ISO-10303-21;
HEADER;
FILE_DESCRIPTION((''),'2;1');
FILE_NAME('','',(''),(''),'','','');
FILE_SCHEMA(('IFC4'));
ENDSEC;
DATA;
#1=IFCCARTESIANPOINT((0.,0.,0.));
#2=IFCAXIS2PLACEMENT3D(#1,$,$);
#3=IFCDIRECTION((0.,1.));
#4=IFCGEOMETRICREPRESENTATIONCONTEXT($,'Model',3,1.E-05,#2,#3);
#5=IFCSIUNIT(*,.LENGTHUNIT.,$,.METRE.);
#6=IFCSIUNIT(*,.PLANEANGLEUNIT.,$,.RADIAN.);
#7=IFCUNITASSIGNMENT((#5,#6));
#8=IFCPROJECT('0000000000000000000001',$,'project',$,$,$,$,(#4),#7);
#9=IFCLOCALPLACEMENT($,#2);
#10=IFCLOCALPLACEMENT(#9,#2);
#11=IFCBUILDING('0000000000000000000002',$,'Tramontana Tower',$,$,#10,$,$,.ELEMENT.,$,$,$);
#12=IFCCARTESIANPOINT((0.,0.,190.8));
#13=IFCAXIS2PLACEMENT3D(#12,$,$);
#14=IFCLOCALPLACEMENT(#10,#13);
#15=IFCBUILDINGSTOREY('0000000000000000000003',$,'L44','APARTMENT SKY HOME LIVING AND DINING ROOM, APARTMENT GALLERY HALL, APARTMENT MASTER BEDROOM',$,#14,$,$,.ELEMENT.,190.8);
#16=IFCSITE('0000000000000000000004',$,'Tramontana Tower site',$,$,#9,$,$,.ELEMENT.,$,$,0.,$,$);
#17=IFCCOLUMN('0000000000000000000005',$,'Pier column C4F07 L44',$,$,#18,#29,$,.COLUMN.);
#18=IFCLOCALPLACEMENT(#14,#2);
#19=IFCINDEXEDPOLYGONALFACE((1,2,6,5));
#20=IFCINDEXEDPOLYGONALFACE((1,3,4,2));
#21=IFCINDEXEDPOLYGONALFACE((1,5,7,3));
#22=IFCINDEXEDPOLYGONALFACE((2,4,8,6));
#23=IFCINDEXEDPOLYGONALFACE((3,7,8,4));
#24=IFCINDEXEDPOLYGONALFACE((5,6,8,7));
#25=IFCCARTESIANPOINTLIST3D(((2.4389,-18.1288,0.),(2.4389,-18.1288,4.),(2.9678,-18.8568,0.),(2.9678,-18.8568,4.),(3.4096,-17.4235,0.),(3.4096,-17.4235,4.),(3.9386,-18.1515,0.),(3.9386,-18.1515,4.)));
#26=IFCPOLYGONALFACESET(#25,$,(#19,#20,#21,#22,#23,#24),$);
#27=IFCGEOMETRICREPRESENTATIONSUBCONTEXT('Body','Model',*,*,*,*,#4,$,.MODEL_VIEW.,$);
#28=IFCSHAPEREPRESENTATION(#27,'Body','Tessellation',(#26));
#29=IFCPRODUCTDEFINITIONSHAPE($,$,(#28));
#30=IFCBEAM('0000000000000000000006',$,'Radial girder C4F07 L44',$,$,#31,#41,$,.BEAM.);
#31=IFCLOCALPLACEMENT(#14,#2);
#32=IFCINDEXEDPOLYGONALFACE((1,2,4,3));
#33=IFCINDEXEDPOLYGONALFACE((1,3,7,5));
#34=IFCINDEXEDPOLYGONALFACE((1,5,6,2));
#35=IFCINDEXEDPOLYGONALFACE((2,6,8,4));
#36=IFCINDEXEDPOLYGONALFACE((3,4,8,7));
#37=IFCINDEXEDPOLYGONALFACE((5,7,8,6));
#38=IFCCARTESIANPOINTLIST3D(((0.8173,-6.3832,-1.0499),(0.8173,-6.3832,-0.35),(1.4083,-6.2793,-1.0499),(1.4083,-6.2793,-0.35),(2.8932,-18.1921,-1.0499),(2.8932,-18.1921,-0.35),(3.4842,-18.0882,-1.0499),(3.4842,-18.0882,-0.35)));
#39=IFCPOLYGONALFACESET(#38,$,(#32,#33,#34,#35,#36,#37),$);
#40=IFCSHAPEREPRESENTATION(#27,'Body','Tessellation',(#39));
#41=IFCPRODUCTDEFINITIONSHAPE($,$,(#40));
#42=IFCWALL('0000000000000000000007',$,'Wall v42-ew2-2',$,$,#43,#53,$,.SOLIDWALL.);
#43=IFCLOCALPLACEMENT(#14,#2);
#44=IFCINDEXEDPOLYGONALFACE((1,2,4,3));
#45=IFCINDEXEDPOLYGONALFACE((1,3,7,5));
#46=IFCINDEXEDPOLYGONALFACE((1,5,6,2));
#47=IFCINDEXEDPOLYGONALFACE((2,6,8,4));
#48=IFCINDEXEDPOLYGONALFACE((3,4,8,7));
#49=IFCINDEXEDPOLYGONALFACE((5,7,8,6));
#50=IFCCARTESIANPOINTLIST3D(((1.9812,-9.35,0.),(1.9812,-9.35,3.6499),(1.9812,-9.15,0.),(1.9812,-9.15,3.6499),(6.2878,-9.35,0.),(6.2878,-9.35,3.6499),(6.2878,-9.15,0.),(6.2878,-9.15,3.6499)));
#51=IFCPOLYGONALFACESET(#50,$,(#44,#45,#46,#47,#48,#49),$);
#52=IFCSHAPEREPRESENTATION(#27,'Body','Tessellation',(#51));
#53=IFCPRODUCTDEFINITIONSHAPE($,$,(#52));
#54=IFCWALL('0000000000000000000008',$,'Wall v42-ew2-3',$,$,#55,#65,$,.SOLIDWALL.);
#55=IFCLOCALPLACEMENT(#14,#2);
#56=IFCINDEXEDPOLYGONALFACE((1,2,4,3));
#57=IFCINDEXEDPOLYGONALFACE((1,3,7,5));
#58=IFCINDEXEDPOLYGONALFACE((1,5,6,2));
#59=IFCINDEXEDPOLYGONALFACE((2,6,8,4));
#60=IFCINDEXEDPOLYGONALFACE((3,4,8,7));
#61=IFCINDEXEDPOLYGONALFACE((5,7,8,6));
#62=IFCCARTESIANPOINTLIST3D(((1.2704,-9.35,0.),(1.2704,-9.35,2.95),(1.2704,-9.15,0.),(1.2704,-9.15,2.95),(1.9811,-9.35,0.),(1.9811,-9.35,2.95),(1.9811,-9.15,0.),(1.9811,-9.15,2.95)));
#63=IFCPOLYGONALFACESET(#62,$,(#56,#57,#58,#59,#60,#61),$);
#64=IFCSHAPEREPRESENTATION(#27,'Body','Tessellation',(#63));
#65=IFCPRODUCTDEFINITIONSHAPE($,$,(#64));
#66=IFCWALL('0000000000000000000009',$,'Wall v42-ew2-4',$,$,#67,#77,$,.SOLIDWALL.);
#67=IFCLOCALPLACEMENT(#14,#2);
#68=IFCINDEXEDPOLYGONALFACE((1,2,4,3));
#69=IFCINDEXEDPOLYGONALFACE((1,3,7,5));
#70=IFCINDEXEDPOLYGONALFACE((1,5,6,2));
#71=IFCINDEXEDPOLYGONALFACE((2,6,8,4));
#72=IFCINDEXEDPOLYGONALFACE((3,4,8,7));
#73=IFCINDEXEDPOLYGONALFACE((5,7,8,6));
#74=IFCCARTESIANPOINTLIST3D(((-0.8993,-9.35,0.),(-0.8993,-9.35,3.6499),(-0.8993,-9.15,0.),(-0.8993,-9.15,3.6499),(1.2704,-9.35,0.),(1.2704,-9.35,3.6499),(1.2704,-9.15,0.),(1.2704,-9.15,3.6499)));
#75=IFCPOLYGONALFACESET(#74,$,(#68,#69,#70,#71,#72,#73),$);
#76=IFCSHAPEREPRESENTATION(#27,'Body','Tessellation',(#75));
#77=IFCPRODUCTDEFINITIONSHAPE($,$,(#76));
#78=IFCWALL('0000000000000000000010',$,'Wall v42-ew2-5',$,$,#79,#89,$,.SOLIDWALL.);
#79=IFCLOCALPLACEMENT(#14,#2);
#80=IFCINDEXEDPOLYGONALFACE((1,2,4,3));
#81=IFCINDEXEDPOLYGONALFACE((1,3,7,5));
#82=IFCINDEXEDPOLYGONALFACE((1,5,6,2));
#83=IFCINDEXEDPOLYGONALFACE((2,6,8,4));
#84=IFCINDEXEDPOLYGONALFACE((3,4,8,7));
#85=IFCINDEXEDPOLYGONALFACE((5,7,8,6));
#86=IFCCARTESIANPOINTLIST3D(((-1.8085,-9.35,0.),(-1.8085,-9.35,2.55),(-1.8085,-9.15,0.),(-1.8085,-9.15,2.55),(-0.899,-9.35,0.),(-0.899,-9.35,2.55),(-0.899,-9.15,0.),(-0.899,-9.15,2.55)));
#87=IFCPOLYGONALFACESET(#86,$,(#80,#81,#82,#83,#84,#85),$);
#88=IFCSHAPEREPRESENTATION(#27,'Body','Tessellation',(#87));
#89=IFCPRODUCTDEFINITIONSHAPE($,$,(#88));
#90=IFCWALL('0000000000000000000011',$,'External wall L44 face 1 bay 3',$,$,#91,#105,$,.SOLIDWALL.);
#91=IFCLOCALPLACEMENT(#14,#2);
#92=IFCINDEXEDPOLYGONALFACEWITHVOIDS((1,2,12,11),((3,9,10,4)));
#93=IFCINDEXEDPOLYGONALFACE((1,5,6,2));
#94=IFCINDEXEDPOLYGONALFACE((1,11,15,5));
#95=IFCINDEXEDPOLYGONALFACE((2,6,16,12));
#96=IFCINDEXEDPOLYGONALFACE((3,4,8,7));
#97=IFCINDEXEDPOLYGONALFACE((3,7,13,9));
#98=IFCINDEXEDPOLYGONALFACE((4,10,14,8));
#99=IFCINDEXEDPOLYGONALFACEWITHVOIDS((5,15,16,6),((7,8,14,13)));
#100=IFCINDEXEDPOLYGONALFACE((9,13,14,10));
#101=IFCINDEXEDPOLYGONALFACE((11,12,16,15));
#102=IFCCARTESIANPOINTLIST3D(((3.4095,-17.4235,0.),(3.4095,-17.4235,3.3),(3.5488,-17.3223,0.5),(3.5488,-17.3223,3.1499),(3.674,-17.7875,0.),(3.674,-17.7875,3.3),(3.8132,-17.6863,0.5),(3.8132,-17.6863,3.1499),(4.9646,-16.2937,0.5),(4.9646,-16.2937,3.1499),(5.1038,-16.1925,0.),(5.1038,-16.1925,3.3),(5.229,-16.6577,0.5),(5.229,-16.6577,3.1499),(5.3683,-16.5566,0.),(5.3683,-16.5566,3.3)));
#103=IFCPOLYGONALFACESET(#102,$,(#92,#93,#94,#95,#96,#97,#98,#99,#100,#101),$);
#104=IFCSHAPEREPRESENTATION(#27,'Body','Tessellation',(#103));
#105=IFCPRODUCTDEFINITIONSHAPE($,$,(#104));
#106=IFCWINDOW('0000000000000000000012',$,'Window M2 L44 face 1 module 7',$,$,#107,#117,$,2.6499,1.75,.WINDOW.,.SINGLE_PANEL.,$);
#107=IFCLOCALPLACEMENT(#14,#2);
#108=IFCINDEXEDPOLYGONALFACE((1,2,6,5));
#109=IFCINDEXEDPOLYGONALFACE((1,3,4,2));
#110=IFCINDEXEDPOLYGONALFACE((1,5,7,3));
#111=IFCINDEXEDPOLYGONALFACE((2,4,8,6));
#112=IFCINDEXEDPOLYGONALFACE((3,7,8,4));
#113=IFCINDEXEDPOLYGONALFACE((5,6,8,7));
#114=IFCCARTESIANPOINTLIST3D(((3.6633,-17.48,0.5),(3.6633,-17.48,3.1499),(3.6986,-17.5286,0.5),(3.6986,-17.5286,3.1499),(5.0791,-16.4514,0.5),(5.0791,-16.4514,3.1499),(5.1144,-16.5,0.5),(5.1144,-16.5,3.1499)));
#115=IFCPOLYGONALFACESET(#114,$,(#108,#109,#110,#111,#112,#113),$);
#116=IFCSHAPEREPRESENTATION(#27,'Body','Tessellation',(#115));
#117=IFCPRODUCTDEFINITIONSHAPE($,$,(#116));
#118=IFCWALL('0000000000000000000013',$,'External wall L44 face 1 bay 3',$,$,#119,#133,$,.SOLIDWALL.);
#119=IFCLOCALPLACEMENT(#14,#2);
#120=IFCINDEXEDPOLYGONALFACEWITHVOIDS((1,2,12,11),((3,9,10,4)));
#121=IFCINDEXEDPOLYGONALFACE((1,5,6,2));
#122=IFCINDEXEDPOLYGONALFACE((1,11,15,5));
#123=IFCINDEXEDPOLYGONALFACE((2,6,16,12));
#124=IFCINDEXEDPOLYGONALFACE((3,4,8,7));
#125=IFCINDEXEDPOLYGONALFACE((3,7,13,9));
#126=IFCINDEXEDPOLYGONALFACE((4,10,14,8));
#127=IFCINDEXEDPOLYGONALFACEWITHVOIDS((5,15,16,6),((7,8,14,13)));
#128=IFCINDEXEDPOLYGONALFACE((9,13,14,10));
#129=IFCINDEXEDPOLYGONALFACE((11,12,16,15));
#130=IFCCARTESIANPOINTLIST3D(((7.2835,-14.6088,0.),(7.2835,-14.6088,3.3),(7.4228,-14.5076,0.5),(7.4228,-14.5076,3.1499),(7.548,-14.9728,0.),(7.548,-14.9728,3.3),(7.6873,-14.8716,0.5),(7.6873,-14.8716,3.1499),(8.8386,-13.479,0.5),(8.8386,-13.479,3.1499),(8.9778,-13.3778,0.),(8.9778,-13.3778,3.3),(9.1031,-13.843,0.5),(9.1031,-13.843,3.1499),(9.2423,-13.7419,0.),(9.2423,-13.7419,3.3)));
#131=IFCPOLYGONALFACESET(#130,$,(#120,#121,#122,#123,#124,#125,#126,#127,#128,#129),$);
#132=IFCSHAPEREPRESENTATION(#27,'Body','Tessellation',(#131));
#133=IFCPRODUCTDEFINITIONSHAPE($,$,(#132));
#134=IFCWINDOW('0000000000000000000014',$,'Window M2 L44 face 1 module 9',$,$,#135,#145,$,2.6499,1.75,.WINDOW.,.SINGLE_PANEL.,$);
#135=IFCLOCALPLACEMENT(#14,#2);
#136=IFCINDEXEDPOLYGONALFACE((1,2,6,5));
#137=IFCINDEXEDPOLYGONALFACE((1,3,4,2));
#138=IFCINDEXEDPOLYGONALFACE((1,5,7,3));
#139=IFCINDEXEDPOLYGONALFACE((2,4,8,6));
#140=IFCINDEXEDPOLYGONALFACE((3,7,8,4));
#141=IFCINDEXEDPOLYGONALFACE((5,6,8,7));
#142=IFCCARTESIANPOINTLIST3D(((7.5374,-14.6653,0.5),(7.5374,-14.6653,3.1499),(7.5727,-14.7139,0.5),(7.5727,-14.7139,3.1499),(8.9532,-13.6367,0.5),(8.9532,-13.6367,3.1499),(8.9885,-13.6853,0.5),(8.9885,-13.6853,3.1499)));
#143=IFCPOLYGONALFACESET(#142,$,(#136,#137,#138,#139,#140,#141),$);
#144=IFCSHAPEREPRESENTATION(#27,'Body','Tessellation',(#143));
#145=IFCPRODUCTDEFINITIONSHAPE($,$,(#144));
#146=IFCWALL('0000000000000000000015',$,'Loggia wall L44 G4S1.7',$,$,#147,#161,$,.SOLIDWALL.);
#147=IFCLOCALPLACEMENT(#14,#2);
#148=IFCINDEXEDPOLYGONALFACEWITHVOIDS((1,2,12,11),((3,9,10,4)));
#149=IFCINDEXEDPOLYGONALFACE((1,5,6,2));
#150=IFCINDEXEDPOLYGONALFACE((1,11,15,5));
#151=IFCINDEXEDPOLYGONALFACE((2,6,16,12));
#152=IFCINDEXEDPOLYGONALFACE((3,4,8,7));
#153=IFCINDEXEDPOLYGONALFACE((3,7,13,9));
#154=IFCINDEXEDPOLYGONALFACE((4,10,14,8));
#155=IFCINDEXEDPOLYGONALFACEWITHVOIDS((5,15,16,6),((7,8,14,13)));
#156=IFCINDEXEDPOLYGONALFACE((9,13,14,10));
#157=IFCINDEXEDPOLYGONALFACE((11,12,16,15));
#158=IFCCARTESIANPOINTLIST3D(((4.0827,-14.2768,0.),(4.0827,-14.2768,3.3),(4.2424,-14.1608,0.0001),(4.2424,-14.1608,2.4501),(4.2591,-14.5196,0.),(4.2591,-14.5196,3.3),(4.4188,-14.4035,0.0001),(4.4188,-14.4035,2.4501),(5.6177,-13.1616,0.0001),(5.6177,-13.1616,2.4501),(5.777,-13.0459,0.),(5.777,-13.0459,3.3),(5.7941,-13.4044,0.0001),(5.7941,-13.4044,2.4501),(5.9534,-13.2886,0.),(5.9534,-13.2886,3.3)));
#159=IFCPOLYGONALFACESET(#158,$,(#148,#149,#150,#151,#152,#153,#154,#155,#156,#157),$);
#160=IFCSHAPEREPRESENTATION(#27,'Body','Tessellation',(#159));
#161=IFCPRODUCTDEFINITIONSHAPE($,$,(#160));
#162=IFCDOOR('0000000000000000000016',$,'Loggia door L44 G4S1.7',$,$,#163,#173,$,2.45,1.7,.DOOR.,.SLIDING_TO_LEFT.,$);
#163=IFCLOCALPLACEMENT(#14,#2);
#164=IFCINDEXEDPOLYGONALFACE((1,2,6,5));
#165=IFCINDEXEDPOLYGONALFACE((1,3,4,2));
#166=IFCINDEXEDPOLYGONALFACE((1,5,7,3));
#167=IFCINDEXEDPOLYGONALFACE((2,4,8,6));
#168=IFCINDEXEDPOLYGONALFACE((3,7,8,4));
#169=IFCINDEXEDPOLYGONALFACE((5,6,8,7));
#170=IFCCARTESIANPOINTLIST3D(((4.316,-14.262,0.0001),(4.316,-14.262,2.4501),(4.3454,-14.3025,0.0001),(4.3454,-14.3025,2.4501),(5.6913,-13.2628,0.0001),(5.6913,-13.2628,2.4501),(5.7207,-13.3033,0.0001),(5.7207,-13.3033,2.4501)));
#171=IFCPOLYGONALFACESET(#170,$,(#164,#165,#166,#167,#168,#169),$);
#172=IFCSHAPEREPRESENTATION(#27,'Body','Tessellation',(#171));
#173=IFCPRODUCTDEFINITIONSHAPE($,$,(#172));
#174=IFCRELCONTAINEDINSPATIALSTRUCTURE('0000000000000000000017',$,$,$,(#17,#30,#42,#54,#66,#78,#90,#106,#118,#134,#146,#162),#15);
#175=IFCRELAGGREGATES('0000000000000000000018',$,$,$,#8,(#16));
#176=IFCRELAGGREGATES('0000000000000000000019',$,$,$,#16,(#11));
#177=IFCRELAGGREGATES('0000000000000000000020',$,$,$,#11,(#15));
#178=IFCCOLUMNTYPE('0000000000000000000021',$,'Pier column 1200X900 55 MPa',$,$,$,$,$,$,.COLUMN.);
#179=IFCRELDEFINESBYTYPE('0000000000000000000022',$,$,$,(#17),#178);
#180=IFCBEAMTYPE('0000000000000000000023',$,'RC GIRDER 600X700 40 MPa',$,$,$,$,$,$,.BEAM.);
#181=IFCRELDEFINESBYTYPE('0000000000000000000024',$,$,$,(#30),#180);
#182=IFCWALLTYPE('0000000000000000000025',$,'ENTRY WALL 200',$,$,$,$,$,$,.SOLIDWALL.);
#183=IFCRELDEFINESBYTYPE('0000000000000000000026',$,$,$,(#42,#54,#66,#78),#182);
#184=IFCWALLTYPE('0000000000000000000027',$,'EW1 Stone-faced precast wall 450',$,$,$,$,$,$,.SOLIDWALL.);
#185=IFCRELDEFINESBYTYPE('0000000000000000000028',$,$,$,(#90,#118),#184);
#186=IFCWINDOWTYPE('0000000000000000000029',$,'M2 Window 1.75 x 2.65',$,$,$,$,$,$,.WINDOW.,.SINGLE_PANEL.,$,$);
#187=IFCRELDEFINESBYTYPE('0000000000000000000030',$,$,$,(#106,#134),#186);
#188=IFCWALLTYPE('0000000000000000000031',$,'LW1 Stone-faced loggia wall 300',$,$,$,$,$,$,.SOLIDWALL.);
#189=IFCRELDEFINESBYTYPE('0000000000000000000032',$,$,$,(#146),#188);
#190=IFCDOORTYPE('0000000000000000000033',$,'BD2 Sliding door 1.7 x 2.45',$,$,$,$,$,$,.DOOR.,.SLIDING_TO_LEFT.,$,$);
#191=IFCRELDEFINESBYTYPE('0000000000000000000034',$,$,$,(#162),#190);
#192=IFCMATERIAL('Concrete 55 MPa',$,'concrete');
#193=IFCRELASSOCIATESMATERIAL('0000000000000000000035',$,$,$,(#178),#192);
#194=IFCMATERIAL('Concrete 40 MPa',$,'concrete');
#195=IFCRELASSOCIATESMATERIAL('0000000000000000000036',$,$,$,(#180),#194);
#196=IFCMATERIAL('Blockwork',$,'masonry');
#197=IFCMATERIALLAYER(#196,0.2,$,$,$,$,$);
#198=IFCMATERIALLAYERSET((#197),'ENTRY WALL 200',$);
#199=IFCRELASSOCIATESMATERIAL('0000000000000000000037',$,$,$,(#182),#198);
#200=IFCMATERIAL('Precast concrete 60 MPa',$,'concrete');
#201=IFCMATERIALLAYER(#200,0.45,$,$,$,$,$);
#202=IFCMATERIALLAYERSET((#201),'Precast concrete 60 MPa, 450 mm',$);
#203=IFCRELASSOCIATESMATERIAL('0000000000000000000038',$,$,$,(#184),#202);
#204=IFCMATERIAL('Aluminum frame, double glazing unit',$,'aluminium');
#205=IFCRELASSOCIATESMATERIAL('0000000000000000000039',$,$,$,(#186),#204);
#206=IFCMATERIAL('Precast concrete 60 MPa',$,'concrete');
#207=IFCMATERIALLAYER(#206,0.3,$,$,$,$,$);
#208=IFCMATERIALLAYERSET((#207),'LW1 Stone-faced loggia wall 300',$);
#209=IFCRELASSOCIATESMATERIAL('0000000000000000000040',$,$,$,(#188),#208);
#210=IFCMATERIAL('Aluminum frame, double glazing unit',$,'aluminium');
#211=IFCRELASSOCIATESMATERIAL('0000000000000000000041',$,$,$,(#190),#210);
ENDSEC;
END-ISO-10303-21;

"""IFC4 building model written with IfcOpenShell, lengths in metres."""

from ifc_helpers import new_model, si_unit, direction, frame, frame_2d, origin, origin_2d, place, context, subcontext, project, spatial, rectangle, extrude, material, layer, layer_set, material_profile, profile_set, type_object, element, fill, save


model = new_model("IFC4")

# Units and contexts
model_context = context("Model", 3, precision=1e-05, world=origin(), true_north=direction((0.0, 1.0)))
body_context = subcontext(model_context, "Body", "Model", "MODEL_VIEW")
ifc_project = project(units=[si_unit("LENGTHUNIT", "METRE"), si_unit("PLANEANGLEUNIT", "RADIAN")], contexts=[model_context])

# Site, building, storey
site_placement = place(None, origin())
site = spatial("IfcSite", under=ifc_project, at=site_placement, Name="Tramontana Tower site", CompositionType="ELEMENT", RefElevation=0.0)
building_placement = place(site_placement, origin())
building = spatial("IfcBuilding", under=site, at=building_placement, Name="Tramontana Tower", CompositionType="ELEMENT")
storey_placement = place(building_placement, frame((0.0, 0.0, 190.8)))
storey = spatial("IfcBuildingStorey", under=building, at=storey_placement, Name="L44", Description="APARTMENT SKY HOME LIVING AND DINING ROOM, APARTMENT GALLERY HALL, APARTMENT MASTER BEDROOM", CompositionType="ELEMENT", Elevation=190.8)

# Column
ifc_material_1 = material(Name="Concrete 55 MPa", Category="concrete")
ifc_material_profile_1 = material_profile(ifc_material_1, rectangle(XDim=1.2, YDim=0.8999, at=origin_2d()), Name="Pier column 1200X900 55 MPa")
ifc_profile_set_1 = profile_set([ifc_material_profile_1], Name="Concrete 55 MPa")
column_type = type_object("IfcColumnType", Name="Pier column 1200X900 55 MPa", PredefinedType="COLUMN", material=ifc_profile_set_1)
column_placement = place(storey_placement, frame((3.1887, -18.1401, 0.0), z_axis=(0.0, 0.0, 1.0), x_axis=(0.809017, 0.587785, 0.0)))
element("IfcColumn", 1, at=column_placement, inside=storey, type_object=column_type, Name="Pier column C4F07 L44", PredefinedType="COLUMN", context=body_context, shape_type="SweptSolid", body=[
    extrude(rectangle(XDim=1.2, YDim=0.8999, at=origin_2d()), origin(), (0.0, 0.0, 1.0), 4.0),
])

# Beam
ifc_material_2 = material(Name="Concrete 40 MPa", Category="concrete")
ifc_material_profile_2 = material_profile(ifc_material_2, rectangle(XDim=0.6001, YDim=0.7, at=origin_2d()), Name="RC GIRDER 600X700 40 MPa")
ifc_profile_set_2 = profile_set([ifc_material_profile_2], Name="Concrete 40 MPa")
beam_type = type_object("IfcBeamType", Name="RC GIRDER 600X700 40 MPa", PredefinedType="BEAM", material=ifc_profile_set_2)
beam_placement = place(storey_placement, frame((3.1887, -18.1401, -0.7), z_axis=(-0.173139, 0.984897, 0.0), x_axis=(-0.984897, -0.173139, 0.0)))
element("IfcBeam", 2, at=beam_placement, inside=storey, type_object=beam_type, Name="Radial girder C4F07 L44", PredefinedType="BEAM", context=body_context, shape_type="SweptSolid", body=[
    extrude(rectangle(XDim=0.6001, YDim=0.7, at=origin_2d()), origin(), (0.0, 0.0, 1.0), 11.99),
])

# Walls
ifc_material_3 = material(Name="Blockwork", Category="masonry")
ifc_layer_1 = layer(ifc_material_3, 0.2)
ifc_layer_set_1 = layer_set([ifc_layer_1], Name="ENTRY WALL 200")
wall_type_1 = type_object("IfcWallType", Name="ENTRY WALL 200", PredefinedType="SOLIDWALL", material=ifc_layer_set_1)
wall_1_placement = place(storey_placement, frame((6.2878, -9.25, 0.0), z_axis=(0.0, 0.0, 1.0), x_axis=(-1.0, 0.0, 0.0)))
element("IfcWall", 3, at=wall_1_placement, inside=storey, type_object=wall_type_1, Name="Wall v42-ew2-2", PredefinedType="SOLIDWALL", context=body_context, shape_type="SweptSolid", body=[
    extrude(rectangle(XDim=4.3066, YDim=0.2, at=frame_2d((2.1533, 0.0))), origin(), (0.0, 0.0, 1.0), 3.6499),
])
wall_2_placement = place(storey_placement, frame((1.9812, -9.25, 0.0), z_axis=(0.0, 0.0, 1.0), x_axis=(-1.0, 0.0, 0.0)))
element("IfcWall", 4, at=wall_2_placement, inside=storey, type_object=wall_type_1, Name="Wall v42-ew2-3", PredefinedType="SOLIDWALL", context=body_context, shape_type="SweptSolid", body=[
    extrude(rectangle(XDim=0.7107, YDim=0.2, at=frame_2d((0.3555, 0.0))), origin(), (0.0, 0.0, 1.0), 2.95),
])
wall_3_placement = place(storey_placement, frame((1.2705, -9.25, 0.0), z_axis=(0.0, 0.0, 1.0), x_axis=(-1.0, 0.0, 0.0)))
element("IfcWall", 5, at=wall_3_placement, inside=storey, type_object=wall_type_1, Name="Wall v42-ew2-4", PredefinedType="SOLIDWALL", context=body_context, shape_type="SweptSolid", body=[
    extrude(rectangle(XDim=2.1697, YDim=0.2, at=frame_2d((1.085, 0.0))), origin(), (0.0, 0.0, 1.0), 3.6499),
])
wall_4_placement = place(storey_placement, frame((-0.8992, -9.25, 0.0), z_axis=(0.0, 0.0, 1.0), x_axis=(-1.0, 0.0, 0.0)))
element("IfcWall", 6, at=wall_4_placement, inside=storey, type_object=wall_type_1, Name="Wall v42-ew2-5", PredefinedType="SOLIDWALL", context=body_context, shape_type="SweptSolid", body=[
    extrude(rectangle(XDim=0.9094, YDim=0.2, at=frame_2d((0.4546, 0.0))), origin(), (0.0, 0.0, 1.0), 2.55),
])

# Walls, openings, windows
ifc_material_4 = material(Name="Precast concrete 60 MPa", Category="concrete")
ifc_layer_2 = layer(ifc_material_4, 0.45)
ifc_layer_set_2 = layer_set([ifc_layer_2], Name="Precast concrete 60 MPa, 450 mm")
wall_type_2 = type_object("IfcWallType", Name="EW1 Stone-faced precast wall 450", PredefinedType="SOLIDWALL", material=ifc_layer_set_2)
wall_5_placement = place(storey_placement, frame((3.5417, -17.6055, 0.0), z_axis=(0.0, 0.0, 1.0), x_axis=(0.809028, 0.58777, 0.0)))
wall_5 = element("IfcWall", 7, at=wall_5_placement, inside=storey, type_object=wall_type_2, Name="External wall L44 face 1 bay 3", PredefinedType="SOLIDWALL", context=body_context, shape_type="SweptSolid", body=[
    extrude(rectangle(XDim=2.0942, YDim=0.45, at=frame_2d((1.0471, 0.0))), origin(), (0.0, 0.0, 1.0), 3.3),
])
opening_1_placement = place(wall_5_placement, frame((0.1721, 0.0, 0.5)))
opening_1 = element("IfcOpeningElement", 8, at=opening_1_placement, cuts=wall_5, PredefinedType="OPENING", context=body_context, shape_type="SweptSolid", body=[
    extrude(rectangle(XDim=1.75, YDim=2.6499, at=frame_2d((0.875, 1.325))), frame((0.0, 0.2349, 0.0), z_axis=(0.0, -1.0, 0.0), x_axis=(1.0, 0.0, 0.0)), (0.0, 0.0, 1.0), 0.47),
])
ifc_material_5 = material(Name="Aluminum frame, double glazing unit", Category="aluminium")
window_type = type_object("IfcWindowType", Name="M2 Window 1.75 x 2.65", PartitioningType="SINGLE_PANEL", PredefinedType="WINDOW", material=ifc_material_5)
window_1_placement = place(opening_1_placement, origin())
window_1 = element("IfcWindow", 9, at=window_1_placement, inside=storey, type_object=window_type, Name="Window M2 L44 face 1 module 7", OverallHeight=2.6499, OverallWidth=1.75, PartitioningType="SINGLE_PANEL", PredefinedType="WINDOW", context=body_context, shape_type="SweptSolid", body=[
    extrude(rectangle(XDim=1.75, YDim=2.6499, at=frame_2d((0.875, 1.325))), frame((0.0, 0.03, 0.0), z_axis=(0.0, -1.0, 0.0), x_axis=(1.0, 0.0, 0.0)), (0.0, 0.0, 1.0), 0.0601),
])
fill(opening_1, window_1)
wall_6_placement = place(storey_placement, frame((7.4158, -14.7908, 0.0), z_axis=(0.0, 0.0, 1.0), x_axis=(0.809028, 0.58777, 0.0)))
wall_6 = element("IfcWall", 10, at=wall_6_placement, inside=storey, type_object=wall_type_2, Name="External wall L44 face 1 bay 3", PredefinedType="SOLIDWALL", context=body_context, shape_type="SweptSolid", body=[
    extrude(rectangle(XDim=2.0942, YDim=0.45, at=frame_2d((1.0471, 0.0))), origin(), (0.0, 0.0, 1.0), 3.3),
])
opening_2_placement = place(wall_6_placement, frame((0.1721, 0.0, 0.5)))
opening_2 = element("IfcOpeningElement", 11, at=opening_2_placement, cuts=wall_6, PredefinedType="OPENING", context=body_context, shape_type="SweptSolid", body=[
    extrude(rectangle(XDim=1.75, YDim=2.6499, at=frame_2d((0.875, 1.325))), frame((0.0, 0.2349, 0.0), z_axis=(0.0, -1.0, 0.0), x_axis=(1.0, 0.0, 0.0)), (0.0, 0.0, 1.0), 0.47),
])
window_2_placement = place(opening_2_placement, origin())
window_2 = element("IfcWindow", 12, at=window_2_placement, inside=storey, type_object=window_type, Name="Window M2 L44 face 1 module 9", OverallHeight=2.6499, OverallWidth=1.75, PartitioningType="SINGLE_PANEL", PredefinedType="WINDOW", context=body_context, shape_type="SweptSolid", body=[
    extrude(rectangle(XDim=1.75, YDim=2.6499, at=frame_2d((0.875, 1.325))), frame((0.0, 0.03, 0.0), z_axis=(0.0, -1.0, 0.0), x_axis=(1.0, 0.0, 0.0)), (0.0, 0.0, 1.0), 0.0601),
])
fill(opening_2, window_2)

# Wall, opening, door
ifc_material_6 = material(Name="Precast concrete 60 MPa", Category="concrete")
ifc_layer_3 = layer(ifc_material_6, 0.3)
ifc_layer_set_3 = layer_set([ifc_layer_3], Name="LW1 Stone-faced loggia wall 300")
wall_type_3 = type_object("IfcWallType", Name="LW1 Stone-faced loggia wall 300", PredefinedType="SOLIDWALL", material=ifc_layer_set_3)
wall_7_placement = place(storey_placement, frame((4.1709, -14.3982, 0.0), z_axis=(0.0, 0.0, 1.0), x_axis=(0.809028, 0.58777, 0.0)))
wall_7 = element("IfcWall", 13, at=wall_7_placement, inside=storey, type_object=wall_type_3, Name="Loggia wall L44 G4S1.7", PredefinedType="SOLIDWALL", context=body_context, shape_type="SweptSolid", body=[
    extrude(rectangle(XDim=2.0942, YDim=0.3, at=frame_2d((1.0471, 0.0))), origin(), (0.0, 0.0, 1.0), 3.3),
])
opening_3_placement = place(wall_7_placement, frame((0.1973, 0.0, 0.0)))
opening_3 = element("IfcOpeningElement", 14, at=opening_3_placement, cuts=wall_7, PredefinedType="OPENING", context=body_context, shape_type="SweptSolid", body=[
    extrude(rectangle(XDim=1.7, YDim=2.45, at=frame_2d((0.8501, 1.2251))), frame((0.0, 0.1599, 0.0), z_axis=(0.0, -1.0, 0.0), x_axis=(1.0, 0.0, 0.0)), (0.0, 0.0, 1.0), 0.3201),
])
ifc_material_7 = material(Name="Aluminum frame, double glazing unit", Category="aluminium")
door_type_1 = type_object("IfcDoorType", Name="BD2 Sliding door 1.7 x 2.45", OperationType="SLIDING_TO_LEFT", PredefinedType="DOOR", material=ifc_material_7)
door_1_placement = place(opening_3_placement, origin())
door_1 = element("IfcDoor", 15, at=door_1_placement, inside=storey, type_object=door_type_1, Name="Loggia door L44 G4S1.7", OperationType="SLIDING_TO_LEFT", OverallHeight=2.45, OverallWidth=1.7, PredefinedType="DOOR", context=body_context, shape_type="SweptSolid", body=[
    extrude(rectangle(XDim=1.7, YDim=2.45, at=frame_2d((0.8501, 1.2251))), frame((0.0, 0.0249, 0.0), z_axis=(0.0, -1.0, 0.0), x_axis=(1.0, 0.0, 0.0)), (0.0, 0.0, 1.0), 0.05),
])
fill(opening_3, door_1)

save(model, "model.ifc")
